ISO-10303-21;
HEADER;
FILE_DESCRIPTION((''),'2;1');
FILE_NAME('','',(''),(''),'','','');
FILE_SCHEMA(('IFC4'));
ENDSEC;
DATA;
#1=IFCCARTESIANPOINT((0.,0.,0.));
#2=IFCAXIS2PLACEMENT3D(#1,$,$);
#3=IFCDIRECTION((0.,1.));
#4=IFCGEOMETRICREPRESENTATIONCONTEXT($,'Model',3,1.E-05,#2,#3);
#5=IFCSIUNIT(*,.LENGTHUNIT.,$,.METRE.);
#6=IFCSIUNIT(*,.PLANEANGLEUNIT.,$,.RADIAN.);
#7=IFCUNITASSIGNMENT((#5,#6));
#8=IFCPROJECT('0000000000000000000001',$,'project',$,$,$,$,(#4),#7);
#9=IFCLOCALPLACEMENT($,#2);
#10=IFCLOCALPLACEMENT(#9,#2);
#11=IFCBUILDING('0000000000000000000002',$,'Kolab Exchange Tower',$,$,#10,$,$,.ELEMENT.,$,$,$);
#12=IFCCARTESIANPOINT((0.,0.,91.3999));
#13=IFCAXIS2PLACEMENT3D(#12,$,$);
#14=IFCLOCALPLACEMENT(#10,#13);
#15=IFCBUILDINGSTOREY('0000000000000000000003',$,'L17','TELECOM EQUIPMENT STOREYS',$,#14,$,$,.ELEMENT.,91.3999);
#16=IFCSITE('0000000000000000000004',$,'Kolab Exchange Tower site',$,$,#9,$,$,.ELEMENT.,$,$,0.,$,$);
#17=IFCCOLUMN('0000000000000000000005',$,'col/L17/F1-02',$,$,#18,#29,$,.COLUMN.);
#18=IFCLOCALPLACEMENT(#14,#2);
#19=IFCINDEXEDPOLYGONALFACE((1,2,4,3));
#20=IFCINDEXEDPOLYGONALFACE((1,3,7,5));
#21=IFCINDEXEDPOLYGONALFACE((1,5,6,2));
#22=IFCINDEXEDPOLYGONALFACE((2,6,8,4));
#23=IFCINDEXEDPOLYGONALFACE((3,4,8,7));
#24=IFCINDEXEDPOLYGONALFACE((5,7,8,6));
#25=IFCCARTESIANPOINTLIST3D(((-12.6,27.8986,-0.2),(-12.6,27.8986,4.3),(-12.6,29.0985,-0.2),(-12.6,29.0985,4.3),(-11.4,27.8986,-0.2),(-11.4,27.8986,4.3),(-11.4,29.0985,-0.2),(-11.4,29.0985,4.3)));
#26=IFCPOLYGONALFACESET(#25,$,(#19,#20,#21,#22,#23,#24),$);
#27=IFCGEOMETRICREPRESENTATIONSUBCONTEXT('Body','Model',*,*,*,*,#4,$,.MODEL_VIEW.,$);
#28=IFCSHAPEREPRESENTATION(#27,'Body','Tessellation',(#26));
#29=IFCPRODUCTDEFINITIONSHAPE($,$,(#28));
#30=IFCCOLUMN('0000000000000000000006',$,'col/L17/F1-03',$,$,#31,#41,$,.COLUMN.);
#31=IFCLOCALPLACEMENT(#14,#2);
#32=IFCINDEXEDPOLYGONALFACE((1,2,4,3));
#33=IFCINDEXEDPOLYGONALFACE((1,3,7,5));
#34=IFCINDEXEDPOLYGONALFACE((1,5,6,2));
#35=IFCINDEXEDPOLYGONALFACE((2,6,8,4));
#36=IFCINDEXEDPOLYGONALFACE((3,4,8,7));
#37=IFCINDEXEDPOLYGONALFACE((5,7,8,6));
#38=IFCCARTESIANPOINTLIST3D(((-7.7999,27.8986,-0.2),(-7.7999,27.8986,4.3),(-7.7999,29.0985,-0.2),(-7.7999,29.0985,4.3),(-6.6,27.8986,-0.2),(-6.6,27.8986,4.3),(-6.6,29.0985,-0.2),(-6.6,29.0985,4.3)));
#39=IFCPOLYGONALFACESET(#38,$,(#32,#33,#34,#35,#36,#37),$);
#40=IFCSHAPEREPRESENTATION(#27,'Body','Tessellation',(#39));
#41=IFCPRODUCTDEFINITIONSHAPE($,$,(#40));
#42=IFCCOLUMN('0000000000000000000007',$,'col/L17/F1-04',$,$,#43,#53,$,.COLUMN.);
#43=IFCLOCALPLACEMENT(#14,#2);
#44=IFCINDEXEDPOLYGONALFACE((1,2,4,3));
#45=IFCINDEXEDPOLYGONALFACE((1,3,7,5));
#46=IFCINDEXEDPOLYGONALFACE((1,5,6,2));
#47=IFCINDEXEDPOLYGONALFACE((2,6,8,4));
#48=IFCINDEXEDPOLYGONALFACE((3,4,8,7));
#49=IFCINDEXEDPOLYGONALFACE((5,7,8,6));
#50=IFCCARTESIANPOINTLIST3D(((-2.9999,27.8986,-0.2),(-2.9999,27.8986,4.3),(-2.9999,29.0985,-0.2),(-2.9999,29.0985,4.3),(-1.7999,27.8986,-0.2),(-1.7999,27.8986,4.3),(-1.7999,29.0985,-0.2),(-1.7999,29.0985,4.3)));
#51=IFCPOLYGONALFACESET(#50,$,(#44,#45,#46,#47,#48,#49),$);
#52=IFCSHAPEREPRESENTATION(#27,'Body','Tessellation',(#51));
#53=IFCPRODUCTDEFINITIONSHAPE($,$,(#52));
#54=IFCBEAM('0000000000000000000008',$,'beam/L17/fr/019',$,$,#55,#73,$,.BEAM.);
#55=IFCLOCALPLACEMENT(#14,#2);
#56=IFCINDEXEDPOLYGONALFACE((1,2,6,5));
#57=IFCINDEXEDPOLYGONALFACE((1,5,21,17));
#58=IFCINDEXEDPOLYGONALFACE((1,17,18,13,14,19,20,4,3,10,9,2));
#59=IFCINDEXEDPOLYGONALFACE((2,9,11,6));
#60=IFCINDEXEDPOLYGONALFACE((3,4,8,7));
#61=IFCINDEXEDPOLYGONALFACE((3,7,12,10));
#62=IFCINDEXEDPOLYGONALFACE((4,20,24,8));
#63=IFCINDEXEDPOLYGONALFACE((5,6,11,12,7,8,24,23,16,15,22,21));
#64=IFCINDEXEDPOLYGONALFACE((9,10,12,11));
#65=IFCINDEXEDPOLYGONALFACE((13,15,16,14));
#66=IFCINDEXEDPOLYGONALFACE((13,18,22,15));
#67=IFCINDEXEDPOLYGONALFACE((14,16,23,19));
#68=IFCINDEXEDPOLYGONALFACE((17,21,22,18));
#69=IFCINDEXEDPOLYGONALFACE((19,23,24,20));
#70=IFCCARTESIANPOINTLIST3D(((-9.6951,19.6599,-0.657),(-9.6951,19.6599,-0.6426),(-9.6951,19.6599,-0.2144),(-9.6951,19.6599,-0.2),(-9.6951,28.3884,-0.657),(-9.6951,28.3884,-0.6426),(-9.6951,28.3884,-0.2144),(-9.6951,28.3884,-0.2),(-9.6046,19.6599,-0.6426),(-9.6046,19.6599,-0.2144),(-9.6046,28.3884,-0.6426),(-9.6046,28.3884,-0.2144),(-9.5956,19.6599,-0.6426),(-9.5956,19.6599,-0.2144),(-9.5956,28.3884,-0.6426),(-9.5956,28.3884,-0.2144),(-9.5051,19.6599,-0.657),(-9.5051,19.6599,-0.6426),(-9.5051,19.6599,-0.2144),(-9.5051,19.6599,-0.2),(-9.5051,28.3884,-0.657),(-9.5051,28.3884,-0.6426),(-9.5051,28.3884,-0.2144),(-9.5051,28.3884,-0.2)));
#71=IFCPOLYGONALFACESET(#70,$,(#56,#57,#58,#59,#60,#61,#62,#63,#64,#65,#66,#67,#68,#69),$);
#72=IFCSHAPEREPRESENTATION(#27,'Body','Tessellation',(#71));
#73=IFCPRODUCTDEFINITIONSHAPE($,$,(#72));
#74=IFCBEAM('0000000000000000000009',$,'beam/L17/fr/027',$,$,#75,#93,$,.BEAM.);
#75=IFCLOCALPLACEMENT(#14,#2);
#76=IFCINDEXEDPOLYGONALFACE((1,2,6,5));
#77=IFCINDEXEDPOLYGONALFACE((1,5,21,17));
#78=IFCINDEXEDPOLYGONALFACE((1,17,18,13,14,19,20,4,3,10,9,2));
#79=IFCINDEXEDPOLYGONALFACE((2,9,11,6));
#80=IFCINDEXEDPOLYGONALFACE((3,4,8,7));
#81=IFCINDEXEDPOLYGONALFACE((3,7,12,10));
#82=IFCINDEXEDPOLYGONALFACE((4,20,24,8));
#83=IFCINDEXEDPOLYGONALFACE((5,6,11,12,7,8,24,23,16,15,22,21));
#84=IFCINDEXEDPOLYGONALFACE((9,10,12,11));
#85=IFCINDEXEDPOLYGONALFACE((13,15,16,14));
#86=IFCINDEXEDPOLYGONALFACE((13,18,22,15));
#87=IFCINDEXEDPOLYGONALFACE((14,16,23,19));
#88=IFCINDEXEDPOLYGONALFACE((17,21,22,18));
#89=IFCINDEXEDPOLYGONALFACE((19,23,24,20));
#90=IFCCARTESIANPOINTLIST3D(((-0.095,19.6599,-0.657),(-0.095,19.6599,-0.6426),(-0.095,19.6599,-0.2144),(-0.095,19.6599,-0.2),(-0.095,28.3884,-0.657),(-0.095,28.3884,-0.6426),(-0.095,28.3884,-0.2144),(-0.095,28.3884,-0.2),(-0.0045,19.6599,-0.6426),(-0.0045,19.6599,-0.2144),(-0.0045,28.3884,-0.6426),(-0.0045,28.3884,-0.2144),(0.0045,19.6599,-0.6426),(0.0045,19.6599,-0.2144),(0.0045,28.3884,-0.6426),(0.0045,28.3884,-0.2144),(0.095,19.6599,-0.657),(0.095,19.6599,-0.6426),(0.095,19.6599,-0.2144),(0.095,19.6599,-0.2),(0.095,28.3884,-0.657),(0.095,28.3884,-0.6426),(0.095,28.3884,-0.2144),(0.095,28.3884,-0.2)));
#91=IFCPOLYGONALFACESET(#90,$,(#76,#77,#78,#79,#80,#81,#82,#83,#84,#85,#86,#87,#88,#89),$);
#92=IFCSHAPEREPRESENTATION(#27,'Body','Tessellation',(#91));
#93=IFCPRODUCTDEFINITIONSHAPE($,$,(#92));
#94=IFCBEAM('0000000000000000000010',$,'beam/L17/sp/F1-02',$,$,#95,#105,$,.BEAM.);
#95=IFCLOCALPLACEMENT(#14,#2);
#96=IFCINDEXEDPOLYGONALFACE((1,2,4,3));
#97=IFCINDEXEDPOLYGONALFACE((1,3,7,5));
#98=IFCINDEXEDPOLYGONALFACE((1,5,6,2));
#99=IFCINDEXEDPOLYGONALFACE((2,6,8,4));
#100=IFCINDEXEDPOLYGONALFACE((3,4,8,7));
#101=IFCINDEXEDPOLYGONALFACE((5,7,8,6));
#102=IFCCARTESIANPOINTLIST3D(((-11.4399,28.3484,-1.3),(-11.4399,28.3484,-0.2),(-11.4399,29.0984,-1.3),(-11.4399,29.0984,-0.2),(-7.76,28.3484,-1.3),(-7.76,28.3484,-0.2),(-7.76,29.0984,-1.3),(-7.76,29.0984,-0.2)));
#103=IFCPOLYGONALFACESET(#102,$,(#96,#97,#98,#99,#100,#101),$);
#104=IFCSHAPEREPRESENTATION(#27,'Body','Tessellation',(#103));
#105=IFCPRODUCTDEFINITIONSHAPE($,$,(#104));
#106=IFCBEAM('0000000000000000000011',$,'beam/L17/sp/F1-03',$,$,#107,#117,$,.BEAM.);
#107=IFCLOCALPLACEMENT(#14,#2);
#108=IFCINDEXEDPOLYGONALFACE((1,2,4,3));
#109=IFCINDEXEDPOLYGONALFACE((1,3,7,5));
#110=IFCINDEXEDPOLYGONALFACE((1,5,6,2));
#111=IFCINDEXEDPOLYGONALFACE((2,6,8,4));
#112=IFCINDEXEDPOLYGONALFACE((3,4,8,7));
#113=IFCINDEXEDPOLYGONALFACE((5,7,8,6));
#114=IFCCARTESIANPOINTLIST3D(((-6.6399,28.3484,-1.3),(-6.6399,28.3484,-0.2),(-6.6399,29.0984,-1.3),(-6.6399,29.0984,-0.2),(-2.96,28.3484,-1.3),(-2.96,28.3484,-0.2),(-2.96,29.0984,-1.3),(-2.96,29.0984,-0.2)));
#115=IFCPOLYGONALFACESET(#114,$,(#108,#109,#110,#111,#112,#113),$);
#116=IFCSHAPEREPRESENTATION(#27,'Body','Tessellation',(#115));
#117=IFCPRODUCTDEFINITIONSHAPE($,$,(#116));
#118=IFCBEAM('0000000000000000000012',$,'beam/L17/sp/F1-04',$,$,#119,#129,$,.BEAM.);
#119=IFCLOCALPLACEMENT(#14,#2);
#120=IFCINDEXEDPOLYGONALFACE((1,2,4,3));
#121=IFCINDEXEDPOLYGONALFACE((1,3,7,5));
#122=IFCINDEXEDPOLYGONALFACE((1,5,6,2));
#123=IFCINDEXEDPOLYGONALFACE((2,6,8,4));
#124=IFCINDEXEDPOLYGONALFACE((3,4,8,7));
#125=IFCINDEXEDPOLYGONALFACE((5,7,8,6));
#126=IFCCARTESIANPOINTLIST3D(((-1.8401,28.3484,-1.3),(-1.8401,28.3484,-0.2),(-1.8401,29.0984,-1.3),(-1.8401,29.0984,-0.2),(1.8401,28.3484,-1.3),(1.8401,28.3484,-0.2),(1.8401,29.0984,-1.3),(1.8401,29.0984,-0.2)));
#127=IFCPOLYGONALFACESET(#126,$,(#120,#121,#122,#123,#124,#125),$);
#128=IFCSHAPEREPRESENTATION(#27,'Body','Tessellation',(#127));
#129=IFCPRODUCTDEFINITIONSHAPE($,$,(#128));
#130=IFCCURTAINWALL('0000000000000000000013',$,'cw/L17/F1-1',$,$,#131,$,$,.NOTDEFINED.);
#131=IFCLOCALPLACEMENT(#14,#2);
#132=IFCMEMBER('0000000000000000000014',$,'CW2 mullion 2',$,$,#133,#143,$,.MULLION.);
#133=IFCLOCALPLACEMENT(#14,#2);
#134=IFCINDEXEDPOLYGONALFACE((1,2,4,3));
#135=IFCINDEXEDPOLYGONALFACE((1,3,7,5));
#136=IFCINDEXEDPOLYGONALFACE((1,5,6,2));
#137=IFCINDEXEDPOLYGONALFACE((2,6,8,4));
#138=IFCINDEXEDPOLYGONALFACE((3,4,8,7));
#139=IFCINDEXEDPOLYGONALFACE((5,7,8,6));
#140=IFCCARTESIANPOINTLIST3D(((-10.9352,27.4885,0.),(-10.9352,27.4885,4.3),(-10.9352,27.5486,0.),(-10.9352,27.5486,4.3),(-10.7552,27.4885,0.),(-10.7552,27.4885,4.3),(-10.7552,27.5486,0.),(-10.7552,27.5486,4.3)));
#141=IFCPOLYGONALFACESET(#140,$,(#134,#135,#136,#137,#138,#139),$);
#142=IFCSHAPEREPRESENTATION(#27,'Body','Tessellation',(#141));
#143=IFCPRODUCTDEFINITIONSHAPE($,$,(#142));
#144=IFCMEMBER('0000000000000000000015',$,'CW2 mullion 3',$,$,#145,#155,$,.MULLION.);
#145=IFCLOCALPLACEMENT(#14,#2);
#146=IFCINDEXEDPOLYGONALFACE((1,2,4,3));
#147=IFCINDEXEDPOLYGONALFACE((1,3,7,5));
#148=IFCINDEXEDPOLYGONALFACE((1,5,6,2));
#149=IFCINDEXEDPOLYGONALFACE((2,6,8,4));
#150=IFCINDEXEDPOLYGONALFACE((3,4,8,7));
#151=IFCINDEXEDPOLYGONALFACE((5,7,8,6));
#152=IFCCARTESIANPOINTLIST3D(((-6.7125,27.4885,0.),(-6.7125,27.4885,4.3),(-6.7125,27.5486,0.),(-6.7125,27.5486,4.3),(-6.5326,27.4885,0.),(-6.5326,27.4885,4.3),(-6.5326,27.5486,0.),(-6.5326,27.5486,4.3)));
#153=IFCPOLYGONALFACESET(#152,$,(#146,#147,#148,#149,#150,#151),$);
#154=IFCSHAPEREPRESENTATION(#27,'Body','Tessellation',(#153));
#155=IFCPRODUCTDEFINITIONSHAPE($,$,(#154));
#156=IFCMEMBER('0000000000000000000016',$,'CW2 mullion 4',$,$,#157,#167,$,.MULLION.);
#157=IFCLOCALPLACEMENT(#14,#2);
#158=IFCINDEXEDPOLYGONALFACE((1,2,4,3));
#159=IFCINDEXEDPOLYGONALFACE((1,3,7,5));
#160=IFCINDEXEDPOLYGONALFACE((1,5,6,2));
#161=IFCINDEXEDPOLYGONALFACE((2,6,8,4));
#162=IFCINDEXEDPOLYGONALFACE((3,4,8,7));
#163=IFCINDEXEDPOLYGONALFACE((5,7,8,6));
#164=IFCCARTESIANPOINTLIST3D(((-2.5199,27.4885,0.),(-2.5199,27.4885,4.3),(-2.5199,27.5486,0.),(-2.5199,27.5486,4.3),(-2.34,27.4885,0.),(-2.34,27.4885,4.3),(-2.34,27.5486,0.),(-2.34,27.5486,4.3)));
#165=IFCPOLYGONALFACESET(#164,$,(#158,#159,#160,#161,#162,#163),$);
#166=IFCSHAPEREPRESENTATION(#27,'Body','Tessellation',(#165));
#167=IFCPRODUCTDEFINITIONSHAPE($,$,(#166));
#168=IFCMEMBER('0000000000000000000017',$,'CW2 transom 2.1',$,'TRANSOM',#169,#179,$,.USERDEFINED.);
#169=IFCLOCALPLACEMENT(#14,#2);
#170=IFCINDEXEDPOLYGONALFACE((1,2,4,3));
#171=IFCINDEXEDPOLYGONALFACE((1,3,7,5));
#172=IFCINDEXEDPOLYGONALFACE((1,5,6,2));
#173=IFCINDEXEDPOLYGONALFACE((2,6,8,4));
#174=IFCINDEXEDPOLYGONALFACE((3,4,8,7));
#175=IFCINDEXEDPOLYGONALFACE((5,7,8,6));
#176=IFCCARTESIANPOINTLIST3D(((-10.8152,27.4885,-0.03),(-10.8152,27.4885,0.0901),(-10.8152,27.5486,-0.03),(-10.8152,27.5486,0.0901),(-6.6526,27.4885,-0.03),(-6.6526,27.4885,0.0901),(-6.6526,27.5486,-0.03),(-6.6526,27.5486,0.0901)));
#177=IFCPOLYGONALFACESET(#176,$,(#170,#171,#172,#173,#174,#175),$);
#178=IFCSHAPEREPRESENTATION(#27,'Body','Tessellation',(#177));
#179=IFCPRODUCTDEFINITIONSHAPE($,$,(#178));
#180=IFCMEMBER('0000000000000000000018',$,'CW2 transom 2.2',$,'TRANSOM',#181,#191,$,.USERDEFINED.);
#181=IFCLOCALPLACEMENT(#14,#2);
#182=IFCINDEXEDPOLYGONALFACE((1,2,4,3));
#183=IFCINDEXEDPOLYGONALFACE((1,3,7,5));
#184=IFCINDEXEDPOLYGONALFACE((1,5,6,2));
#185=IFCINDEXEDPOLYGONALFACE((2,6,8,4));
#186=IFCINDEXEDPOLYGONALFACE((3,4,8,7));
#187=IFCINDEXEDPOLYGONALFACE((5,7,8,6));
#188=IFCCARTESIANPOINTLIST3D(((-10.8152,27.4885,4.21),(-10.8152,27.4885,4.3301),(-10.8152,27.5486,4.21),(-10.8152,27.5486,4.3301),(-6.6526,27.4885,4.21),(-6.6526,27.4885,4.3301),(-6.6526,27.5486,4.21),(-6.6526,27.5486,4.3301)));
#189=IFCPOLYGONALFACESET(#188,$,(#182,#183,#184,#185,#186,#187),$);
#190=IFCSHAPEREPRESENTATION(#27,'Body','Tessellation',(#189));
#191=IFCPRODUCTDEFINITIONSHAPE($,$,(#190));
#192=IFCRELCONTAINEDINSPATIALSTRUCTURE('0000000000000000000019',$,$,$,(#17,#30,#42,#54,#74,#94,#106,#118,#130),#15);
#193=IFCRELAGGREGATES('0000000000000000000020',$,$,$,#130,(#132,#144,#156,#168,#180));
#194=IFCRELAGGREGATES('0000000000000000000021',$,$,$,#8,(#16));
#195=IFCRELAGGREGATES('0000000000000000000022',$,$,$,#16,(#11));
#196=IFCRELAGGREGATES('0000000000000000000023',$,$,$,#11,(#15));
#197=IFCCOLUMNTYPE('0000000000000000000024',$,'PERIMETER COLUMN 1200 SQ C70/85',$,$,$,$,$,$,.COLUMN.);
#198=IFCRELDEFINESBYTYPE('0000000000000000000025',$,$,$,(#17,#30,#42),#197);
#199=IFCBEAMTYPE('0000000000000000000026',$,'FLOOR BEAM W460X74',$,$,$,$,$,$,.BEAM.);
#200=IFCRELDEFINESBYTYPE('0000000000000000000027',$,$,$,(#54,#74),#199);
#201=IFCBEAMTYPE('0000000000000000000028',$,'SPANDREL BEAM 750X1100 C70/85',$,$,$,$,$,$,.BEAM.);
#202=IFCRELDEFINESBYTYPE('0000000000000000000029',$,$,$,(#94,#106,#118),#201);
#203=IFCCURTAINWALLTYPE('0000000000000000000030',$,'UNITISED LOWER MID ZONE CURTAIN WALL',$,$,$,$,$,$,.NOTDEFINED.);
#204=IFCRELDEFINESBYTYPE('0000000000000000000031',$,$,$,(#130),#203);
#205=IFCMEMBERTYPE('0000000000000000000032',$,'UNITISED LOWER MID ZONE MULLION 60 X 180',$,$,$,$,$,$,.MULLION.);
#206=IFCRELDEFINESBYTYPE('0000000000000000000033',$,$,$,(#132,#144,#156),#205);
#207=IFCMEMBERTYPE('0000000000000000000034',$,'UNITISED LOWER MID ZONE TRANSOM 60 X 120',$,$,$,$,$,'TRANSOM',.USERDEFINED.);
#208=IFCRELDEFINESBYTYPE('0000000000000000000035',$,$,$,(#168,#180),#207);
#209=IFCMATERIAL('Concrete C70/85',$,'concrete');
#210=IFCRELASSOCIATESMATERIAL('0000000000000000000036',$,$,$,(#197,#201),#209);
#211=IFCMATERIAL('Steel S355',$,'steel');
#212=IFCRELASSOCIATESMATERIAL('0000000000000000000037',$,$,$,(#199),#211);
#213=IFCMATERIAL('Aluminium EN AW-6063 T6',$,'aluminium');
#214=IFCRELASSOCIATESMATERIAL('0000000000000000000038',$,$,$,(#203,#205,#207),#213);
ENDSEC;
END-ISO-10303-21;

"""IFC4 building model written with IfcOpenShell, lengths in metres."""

from ifc_helpers import new_model, si_unit, direction, frame, origin, origin_2d, place, context, subcontext, project, spatial, rectangle, i_section, extrude, material, material_profile, profile_set, type_object, element, aggregate, save


model = new_model("IFC4")

# Units and contexts
model_context = context("Model", 3, precision=1e-05, world=origin(), true_north=direction((0.0, 1.0)))
body_context = subcontext(model_context, "Body", "Model", "MODEL_VIEW")
ifc_project = project(units=[si_unit("LENGTHUNIT", "METRE"), si_unit("PLANEANGLEUNIT", "RADIAN")], contexts=[model_context])

# Site, building, storey
site_placement = place(None, origin())
site = spatial("IfcSite", under=ifc_project, at=site_placement, Name="Kolab Exchange Tower site", CompositionType="ELEMENT", RefElevation=0.0)
building_placement = place(site_placement, origin())
building = spatial("IfcBuilding", under=site, at=building_placement, Name="Kolab Exchange Tower", CompositionType="ELEMENT")
storey_placement = place(building_placement, frame((0.0, 0.0, 91.3999)))
storey = spatial("IfcBuildingStorey", under=building, at=storey_placement, Name="L17", Description="TELECOM EQUIPMENT STOREYS", CompositionType="ELEMENT", Elevation=91.3999)

# Columns
ifc_material_1 = material(Name="Concrete C70/85", Category="concrete")
ifc_material_profile_1 = material_profile(ifc_material_1, rectangle(XDim=1.2, YDim=1.2, at=origin_2d()), Name="RC1200")
ifc_profile_set_1 = profile_set([ifc_material_profile_1], Name="Concrete C70/85")
column_type = type_object("IfcColumnType", Name="PERIMETER COLUMN 1200 SQ C70/85", PredefinedType="COLUMN", material=ifc_profile_set_1)
for number, where, z_axis, x_axis, name in (
    (1, (-12.0, 28.4985, -0.2), (0.0, 0.0, 1.0), (1.0, 0.0, 0.0), "col/L17/F1-02"),
    (2, (-7.2, 28.4985, -0.2), (0.0, 0.0, 1.0), (1.0, 0.0, 0.0), "col/L17/F1-03"),
    (3, (-2.3999, 28.4985, -0.2), (0.0, 0.0, 1.0), (1.0, 0.0, 0.0), "col/L17/F1-04"),
):
    element("IfcColumn", number, at=place(storey_placement, frame(where, z_axis=z_axis, x_axis=x_axis)), inside=storey, type_object=column_type, Name=name, PredefinedType="COLUMN", context=body_context, shape_type="SweptSolid", body=[
        extrude(rectangle(XDim=1.2, YDim=1.2, at=origin_2d()), origin(), (0.0, 0.0, 1.0), 4.5),
    ])

# Beams
ifc_material_2 = material(Name="Steel S355", Category="steel")
ifc_material_profile_2 = material_profile(ifc_material_2, i_section(OverallWidth=0.1899, OverallDepth=0.457, WebThickness=0.009, FlangeThickness=0.0144, at=origin_2d()), Name="W460X74")
ifc_profile_set_2 = profile_set([ifc_material_profile_2], Name="Steel S355")
beam_type_1 = type_object("IfcBeamType", Name="FLOOR BEAM W460X74", PredefinedType="BEAM", material=ifc_profile_set_2)
for number, where, z_axis, x_axis, name in (
    (4, (-9.6001, 19.6599, -0.4285), (0.0, 1.0, 0.0), (-1.0, 0.0, 0.0), "beam/L17/fr/019"),
    (5, (0.0, 19.6599, -0.4285), (0.0, 1.0, 0.0), (-1.0, 0.0, 0.0), "beam/L17/fr/027"),
):
    element("IfcBeam", number, at=place(storey_placement, frame(where, z_axis=z_axis, x_axis=x_axis)), inside=storey, type_object=beam_type_1, Name=name, PredefinedType="BEAM", context=body_context, shape_type="SweptSolid", body=[
        extrude(i_section(OverallWidth=0.1899, OverallDepth=0.457, WebThickness=0.009, FlangeThickness=0.0144, at=origin_2d()), origin(), (0.0, 0.0, 1.0), 8.7285),
    ])
ifc_material_profile_3 = material_profile(ifc_material_1, rectangle(XDim=0.75, YDim=1.1001, at=origin_2d()), Name="RC750X1100")
ifc_profile_set_3 = profile_set([ifc_material_profile_3], Name="Concrete C70/85")
beam_type_2 = type_object("IfcBeamType", Name="SPANDREL BEAM 750X1100 C70/85", PredefinedType="BEAM", material=ifc_profile_set_3)
for number, where, z_axis, x_axis, name in (
    (6, (-11.4399, 28.7234, -0.75), (1.0, 0.0, 0.0), (0.0, 1.0, 0.0), "beam/L17/sp/F1-02"),
    (7, (-6.6399, 28.7234, -0.75), (1.0, 0.0, 0.0), (0.0, 1.0, 0.0), "beam/L17/sp/F1-03"),
):
    element("IfcBeam", number, at=place(storey_placement, frame(where, z_axis=z_axis, x_axis=x_axis)), inside=storey, type_object=beam_type_2, Name=name, PredefinedType="BEAM", context=body_context, shape_type="SweptSolid", body=[
        extrude(rectangle(XDim=0.75, YDim=1.1001, at=origin_2d()), origin(), (0.0, 0.0, 1.0), 3.6799),
    ])
beam_placement = place(storey_placement, frame((-1.8401, 28.7234, -0.75), z_axis=(1.0, 0.0, 0.0), x_axis=(0.0, 1.0, 0.0)))
element("IfcBeam", 8, at=beam_placement, inside=storey, type_object=beam_type_2, Name="beam/L17/sp/F1-04", PredefinedType="BEAM", context=body_context, shape_type="SweptSolid", body=[
    extrude(rectangle(XDim=0.75, YDim=1.1001, at=origin_2d()), origin(), (0.0, 0.0, 1.0), 3.6802),
])

# Curtain wall, members
ifc_material_3 = material(Name="Aluminium EN AW-6063 T6", Category="aluminium")
curtain_wall_type = type_object("IfcCurtainWallType", Name="UNITISED LOWER MID ZONE CURTAIN WALL", PredefinedType="NOTDEFINED", material=ifc_material_3)
curtain_wall_placement = place(storey_placement, origin())
curtain_wall = element("IfcCurtainWall", 9, at=curtain_wall_placement, inside=storey, type_object=curtain_wall_type, Name="cw/L17/F1-1", PredefinedType="NOTDEFINED")
ifc_material_profile_4 = material_profile(ifc_material_3, rectangle(XDim=0.0601, YDim=0.1799, at=origin_2d()), Name="RECT 60X180")
ifc_profile_set_4 = profile_set([ifc_material_profile_4], Name="Aluminium EN AW-6063 T6")
member_type_1 = type_object("IfcMemberType", Name="UNITISED LOWER MID ZONE MULLION 60 X 180", PredefinedType="MULLION", material=ifc_profile_set_4)
member_1_placement = place(storey_placement, frame((-10.8452, 27.5186, 0.0), z_axis=(0.0, 0.0, 1.0), x_axis=(0.0, 1.0, 0.0)))
member_1 = element("IfcMember", 10, at=member_1_placement, type_object=member_type_1, Name="CW2 mullion 2", PredefinedType="MULLION", context=body_context, shape_type="SweptSolid", body=[
    extrude(rectangle(XDim=0.0601, YDim=0.1799, at=origin_2d()), origin(), (0.0, 0.0, 1.0), 4.3),
])
member_2_placement = place(storey_placement, frame((-6.6226, 27.5186, 0.0), z_axis=(0.0, 0.0, 1.0), x_axis=(0.0, 1.0, 0.0)))
member_2 = element("IfcMember", 11, at=member_2_placement, type_object=member_type_1, Name="CW2 mullion 3", PredefinedType="MULLION", context=body_context, shape_type="SweptSolid", body=[
    extrude(rectangle(XDim=0.0601, YDim=0.1799, at=origin_2d()), origin(), (0.0, 0.0, 1.0), 4.3),
])
member_3_placement = place(storey_placement, frame((-2.4299, 27.5186, 0.0), z_axis=(0.0, 0.0, 1.0), x_axis=(0.0, 1.0, 0.0)))
member_3 = element("IfcMember", 12, at=member_3_placement, type_object=member_type_1, Name="CW2 mullion 4", PredefinedType="MULLION", context=body_context, shape_type="SweptSolid", body=[
    extrude(rectangle(XDim=0.0601, YDim=0.1799, at=origin_2d()), origin(), (0.0, 0.0, 1.0), 4.3),
])
ifc_material_profile_5 = material_profile(ifc_material_3, rectangle(XDim=0.0601, YDim=0.1201, at=origin_2d()), Name="RECT 60X120")
ifc_profile_set_5 = profile_set([ifc_material_profile_5], Name="Aluminium EN AW-6063 T6")
member_type_2 = type_object("IfcMemberType", Name="UNITISED LOWER MID ZONE TRANSOM 60 X 120", ElementType="TRANSOM", PredefinedType="USERDEFINED", material=ifc_profile_set_5)
member_4_placement = place(storey_placement, frame((-10.8152, 27.5186, 0.03), z_axis=(1.0, 0.0, 0.0), x_axis=(0.0, 1.0, 0.0)))
member_4 = element("IfcMember", 13, at=member_4_placement, type_object=member_type_2, Name="CW2 transom 2.1", ObjectType="TRANSOM", PredefinedType="USERDEFINED", context=body_context, shape_type="SweptSolid", body=[
    extrude(rectangle(XDim=0.0601, YDim=0.1201, at=origin_2d()), origin(), (0.0, 0.0, 1.0), 4.1626),
])
member_5_placement = place(storey_placement, frame((-10.8152, 27.5186, 4.27), z_axis=(1.0, 0.0, 0.0), x_axis=(0.0, 1.0, 0.0)))
member_5 = element("IfcMember", 14, at=member_5_placement, type_object=member_type_2, Name="CW2 transom 2.2", ObjectType="TRANSOM", PredefinedType="USERDEFINED", context=body_context, shape_type="SweptSolid", body=[
    extrude(rectangle(XDim=0.0601, YDim=0.1201, at=origin_2d()), origin(), (0.0, 0.0, 1.0), 4.1626),
])
aggregate(curtain_wall, [member_1, member_2, member_3, member_4, member_5])

save(model, "model.ifc")
